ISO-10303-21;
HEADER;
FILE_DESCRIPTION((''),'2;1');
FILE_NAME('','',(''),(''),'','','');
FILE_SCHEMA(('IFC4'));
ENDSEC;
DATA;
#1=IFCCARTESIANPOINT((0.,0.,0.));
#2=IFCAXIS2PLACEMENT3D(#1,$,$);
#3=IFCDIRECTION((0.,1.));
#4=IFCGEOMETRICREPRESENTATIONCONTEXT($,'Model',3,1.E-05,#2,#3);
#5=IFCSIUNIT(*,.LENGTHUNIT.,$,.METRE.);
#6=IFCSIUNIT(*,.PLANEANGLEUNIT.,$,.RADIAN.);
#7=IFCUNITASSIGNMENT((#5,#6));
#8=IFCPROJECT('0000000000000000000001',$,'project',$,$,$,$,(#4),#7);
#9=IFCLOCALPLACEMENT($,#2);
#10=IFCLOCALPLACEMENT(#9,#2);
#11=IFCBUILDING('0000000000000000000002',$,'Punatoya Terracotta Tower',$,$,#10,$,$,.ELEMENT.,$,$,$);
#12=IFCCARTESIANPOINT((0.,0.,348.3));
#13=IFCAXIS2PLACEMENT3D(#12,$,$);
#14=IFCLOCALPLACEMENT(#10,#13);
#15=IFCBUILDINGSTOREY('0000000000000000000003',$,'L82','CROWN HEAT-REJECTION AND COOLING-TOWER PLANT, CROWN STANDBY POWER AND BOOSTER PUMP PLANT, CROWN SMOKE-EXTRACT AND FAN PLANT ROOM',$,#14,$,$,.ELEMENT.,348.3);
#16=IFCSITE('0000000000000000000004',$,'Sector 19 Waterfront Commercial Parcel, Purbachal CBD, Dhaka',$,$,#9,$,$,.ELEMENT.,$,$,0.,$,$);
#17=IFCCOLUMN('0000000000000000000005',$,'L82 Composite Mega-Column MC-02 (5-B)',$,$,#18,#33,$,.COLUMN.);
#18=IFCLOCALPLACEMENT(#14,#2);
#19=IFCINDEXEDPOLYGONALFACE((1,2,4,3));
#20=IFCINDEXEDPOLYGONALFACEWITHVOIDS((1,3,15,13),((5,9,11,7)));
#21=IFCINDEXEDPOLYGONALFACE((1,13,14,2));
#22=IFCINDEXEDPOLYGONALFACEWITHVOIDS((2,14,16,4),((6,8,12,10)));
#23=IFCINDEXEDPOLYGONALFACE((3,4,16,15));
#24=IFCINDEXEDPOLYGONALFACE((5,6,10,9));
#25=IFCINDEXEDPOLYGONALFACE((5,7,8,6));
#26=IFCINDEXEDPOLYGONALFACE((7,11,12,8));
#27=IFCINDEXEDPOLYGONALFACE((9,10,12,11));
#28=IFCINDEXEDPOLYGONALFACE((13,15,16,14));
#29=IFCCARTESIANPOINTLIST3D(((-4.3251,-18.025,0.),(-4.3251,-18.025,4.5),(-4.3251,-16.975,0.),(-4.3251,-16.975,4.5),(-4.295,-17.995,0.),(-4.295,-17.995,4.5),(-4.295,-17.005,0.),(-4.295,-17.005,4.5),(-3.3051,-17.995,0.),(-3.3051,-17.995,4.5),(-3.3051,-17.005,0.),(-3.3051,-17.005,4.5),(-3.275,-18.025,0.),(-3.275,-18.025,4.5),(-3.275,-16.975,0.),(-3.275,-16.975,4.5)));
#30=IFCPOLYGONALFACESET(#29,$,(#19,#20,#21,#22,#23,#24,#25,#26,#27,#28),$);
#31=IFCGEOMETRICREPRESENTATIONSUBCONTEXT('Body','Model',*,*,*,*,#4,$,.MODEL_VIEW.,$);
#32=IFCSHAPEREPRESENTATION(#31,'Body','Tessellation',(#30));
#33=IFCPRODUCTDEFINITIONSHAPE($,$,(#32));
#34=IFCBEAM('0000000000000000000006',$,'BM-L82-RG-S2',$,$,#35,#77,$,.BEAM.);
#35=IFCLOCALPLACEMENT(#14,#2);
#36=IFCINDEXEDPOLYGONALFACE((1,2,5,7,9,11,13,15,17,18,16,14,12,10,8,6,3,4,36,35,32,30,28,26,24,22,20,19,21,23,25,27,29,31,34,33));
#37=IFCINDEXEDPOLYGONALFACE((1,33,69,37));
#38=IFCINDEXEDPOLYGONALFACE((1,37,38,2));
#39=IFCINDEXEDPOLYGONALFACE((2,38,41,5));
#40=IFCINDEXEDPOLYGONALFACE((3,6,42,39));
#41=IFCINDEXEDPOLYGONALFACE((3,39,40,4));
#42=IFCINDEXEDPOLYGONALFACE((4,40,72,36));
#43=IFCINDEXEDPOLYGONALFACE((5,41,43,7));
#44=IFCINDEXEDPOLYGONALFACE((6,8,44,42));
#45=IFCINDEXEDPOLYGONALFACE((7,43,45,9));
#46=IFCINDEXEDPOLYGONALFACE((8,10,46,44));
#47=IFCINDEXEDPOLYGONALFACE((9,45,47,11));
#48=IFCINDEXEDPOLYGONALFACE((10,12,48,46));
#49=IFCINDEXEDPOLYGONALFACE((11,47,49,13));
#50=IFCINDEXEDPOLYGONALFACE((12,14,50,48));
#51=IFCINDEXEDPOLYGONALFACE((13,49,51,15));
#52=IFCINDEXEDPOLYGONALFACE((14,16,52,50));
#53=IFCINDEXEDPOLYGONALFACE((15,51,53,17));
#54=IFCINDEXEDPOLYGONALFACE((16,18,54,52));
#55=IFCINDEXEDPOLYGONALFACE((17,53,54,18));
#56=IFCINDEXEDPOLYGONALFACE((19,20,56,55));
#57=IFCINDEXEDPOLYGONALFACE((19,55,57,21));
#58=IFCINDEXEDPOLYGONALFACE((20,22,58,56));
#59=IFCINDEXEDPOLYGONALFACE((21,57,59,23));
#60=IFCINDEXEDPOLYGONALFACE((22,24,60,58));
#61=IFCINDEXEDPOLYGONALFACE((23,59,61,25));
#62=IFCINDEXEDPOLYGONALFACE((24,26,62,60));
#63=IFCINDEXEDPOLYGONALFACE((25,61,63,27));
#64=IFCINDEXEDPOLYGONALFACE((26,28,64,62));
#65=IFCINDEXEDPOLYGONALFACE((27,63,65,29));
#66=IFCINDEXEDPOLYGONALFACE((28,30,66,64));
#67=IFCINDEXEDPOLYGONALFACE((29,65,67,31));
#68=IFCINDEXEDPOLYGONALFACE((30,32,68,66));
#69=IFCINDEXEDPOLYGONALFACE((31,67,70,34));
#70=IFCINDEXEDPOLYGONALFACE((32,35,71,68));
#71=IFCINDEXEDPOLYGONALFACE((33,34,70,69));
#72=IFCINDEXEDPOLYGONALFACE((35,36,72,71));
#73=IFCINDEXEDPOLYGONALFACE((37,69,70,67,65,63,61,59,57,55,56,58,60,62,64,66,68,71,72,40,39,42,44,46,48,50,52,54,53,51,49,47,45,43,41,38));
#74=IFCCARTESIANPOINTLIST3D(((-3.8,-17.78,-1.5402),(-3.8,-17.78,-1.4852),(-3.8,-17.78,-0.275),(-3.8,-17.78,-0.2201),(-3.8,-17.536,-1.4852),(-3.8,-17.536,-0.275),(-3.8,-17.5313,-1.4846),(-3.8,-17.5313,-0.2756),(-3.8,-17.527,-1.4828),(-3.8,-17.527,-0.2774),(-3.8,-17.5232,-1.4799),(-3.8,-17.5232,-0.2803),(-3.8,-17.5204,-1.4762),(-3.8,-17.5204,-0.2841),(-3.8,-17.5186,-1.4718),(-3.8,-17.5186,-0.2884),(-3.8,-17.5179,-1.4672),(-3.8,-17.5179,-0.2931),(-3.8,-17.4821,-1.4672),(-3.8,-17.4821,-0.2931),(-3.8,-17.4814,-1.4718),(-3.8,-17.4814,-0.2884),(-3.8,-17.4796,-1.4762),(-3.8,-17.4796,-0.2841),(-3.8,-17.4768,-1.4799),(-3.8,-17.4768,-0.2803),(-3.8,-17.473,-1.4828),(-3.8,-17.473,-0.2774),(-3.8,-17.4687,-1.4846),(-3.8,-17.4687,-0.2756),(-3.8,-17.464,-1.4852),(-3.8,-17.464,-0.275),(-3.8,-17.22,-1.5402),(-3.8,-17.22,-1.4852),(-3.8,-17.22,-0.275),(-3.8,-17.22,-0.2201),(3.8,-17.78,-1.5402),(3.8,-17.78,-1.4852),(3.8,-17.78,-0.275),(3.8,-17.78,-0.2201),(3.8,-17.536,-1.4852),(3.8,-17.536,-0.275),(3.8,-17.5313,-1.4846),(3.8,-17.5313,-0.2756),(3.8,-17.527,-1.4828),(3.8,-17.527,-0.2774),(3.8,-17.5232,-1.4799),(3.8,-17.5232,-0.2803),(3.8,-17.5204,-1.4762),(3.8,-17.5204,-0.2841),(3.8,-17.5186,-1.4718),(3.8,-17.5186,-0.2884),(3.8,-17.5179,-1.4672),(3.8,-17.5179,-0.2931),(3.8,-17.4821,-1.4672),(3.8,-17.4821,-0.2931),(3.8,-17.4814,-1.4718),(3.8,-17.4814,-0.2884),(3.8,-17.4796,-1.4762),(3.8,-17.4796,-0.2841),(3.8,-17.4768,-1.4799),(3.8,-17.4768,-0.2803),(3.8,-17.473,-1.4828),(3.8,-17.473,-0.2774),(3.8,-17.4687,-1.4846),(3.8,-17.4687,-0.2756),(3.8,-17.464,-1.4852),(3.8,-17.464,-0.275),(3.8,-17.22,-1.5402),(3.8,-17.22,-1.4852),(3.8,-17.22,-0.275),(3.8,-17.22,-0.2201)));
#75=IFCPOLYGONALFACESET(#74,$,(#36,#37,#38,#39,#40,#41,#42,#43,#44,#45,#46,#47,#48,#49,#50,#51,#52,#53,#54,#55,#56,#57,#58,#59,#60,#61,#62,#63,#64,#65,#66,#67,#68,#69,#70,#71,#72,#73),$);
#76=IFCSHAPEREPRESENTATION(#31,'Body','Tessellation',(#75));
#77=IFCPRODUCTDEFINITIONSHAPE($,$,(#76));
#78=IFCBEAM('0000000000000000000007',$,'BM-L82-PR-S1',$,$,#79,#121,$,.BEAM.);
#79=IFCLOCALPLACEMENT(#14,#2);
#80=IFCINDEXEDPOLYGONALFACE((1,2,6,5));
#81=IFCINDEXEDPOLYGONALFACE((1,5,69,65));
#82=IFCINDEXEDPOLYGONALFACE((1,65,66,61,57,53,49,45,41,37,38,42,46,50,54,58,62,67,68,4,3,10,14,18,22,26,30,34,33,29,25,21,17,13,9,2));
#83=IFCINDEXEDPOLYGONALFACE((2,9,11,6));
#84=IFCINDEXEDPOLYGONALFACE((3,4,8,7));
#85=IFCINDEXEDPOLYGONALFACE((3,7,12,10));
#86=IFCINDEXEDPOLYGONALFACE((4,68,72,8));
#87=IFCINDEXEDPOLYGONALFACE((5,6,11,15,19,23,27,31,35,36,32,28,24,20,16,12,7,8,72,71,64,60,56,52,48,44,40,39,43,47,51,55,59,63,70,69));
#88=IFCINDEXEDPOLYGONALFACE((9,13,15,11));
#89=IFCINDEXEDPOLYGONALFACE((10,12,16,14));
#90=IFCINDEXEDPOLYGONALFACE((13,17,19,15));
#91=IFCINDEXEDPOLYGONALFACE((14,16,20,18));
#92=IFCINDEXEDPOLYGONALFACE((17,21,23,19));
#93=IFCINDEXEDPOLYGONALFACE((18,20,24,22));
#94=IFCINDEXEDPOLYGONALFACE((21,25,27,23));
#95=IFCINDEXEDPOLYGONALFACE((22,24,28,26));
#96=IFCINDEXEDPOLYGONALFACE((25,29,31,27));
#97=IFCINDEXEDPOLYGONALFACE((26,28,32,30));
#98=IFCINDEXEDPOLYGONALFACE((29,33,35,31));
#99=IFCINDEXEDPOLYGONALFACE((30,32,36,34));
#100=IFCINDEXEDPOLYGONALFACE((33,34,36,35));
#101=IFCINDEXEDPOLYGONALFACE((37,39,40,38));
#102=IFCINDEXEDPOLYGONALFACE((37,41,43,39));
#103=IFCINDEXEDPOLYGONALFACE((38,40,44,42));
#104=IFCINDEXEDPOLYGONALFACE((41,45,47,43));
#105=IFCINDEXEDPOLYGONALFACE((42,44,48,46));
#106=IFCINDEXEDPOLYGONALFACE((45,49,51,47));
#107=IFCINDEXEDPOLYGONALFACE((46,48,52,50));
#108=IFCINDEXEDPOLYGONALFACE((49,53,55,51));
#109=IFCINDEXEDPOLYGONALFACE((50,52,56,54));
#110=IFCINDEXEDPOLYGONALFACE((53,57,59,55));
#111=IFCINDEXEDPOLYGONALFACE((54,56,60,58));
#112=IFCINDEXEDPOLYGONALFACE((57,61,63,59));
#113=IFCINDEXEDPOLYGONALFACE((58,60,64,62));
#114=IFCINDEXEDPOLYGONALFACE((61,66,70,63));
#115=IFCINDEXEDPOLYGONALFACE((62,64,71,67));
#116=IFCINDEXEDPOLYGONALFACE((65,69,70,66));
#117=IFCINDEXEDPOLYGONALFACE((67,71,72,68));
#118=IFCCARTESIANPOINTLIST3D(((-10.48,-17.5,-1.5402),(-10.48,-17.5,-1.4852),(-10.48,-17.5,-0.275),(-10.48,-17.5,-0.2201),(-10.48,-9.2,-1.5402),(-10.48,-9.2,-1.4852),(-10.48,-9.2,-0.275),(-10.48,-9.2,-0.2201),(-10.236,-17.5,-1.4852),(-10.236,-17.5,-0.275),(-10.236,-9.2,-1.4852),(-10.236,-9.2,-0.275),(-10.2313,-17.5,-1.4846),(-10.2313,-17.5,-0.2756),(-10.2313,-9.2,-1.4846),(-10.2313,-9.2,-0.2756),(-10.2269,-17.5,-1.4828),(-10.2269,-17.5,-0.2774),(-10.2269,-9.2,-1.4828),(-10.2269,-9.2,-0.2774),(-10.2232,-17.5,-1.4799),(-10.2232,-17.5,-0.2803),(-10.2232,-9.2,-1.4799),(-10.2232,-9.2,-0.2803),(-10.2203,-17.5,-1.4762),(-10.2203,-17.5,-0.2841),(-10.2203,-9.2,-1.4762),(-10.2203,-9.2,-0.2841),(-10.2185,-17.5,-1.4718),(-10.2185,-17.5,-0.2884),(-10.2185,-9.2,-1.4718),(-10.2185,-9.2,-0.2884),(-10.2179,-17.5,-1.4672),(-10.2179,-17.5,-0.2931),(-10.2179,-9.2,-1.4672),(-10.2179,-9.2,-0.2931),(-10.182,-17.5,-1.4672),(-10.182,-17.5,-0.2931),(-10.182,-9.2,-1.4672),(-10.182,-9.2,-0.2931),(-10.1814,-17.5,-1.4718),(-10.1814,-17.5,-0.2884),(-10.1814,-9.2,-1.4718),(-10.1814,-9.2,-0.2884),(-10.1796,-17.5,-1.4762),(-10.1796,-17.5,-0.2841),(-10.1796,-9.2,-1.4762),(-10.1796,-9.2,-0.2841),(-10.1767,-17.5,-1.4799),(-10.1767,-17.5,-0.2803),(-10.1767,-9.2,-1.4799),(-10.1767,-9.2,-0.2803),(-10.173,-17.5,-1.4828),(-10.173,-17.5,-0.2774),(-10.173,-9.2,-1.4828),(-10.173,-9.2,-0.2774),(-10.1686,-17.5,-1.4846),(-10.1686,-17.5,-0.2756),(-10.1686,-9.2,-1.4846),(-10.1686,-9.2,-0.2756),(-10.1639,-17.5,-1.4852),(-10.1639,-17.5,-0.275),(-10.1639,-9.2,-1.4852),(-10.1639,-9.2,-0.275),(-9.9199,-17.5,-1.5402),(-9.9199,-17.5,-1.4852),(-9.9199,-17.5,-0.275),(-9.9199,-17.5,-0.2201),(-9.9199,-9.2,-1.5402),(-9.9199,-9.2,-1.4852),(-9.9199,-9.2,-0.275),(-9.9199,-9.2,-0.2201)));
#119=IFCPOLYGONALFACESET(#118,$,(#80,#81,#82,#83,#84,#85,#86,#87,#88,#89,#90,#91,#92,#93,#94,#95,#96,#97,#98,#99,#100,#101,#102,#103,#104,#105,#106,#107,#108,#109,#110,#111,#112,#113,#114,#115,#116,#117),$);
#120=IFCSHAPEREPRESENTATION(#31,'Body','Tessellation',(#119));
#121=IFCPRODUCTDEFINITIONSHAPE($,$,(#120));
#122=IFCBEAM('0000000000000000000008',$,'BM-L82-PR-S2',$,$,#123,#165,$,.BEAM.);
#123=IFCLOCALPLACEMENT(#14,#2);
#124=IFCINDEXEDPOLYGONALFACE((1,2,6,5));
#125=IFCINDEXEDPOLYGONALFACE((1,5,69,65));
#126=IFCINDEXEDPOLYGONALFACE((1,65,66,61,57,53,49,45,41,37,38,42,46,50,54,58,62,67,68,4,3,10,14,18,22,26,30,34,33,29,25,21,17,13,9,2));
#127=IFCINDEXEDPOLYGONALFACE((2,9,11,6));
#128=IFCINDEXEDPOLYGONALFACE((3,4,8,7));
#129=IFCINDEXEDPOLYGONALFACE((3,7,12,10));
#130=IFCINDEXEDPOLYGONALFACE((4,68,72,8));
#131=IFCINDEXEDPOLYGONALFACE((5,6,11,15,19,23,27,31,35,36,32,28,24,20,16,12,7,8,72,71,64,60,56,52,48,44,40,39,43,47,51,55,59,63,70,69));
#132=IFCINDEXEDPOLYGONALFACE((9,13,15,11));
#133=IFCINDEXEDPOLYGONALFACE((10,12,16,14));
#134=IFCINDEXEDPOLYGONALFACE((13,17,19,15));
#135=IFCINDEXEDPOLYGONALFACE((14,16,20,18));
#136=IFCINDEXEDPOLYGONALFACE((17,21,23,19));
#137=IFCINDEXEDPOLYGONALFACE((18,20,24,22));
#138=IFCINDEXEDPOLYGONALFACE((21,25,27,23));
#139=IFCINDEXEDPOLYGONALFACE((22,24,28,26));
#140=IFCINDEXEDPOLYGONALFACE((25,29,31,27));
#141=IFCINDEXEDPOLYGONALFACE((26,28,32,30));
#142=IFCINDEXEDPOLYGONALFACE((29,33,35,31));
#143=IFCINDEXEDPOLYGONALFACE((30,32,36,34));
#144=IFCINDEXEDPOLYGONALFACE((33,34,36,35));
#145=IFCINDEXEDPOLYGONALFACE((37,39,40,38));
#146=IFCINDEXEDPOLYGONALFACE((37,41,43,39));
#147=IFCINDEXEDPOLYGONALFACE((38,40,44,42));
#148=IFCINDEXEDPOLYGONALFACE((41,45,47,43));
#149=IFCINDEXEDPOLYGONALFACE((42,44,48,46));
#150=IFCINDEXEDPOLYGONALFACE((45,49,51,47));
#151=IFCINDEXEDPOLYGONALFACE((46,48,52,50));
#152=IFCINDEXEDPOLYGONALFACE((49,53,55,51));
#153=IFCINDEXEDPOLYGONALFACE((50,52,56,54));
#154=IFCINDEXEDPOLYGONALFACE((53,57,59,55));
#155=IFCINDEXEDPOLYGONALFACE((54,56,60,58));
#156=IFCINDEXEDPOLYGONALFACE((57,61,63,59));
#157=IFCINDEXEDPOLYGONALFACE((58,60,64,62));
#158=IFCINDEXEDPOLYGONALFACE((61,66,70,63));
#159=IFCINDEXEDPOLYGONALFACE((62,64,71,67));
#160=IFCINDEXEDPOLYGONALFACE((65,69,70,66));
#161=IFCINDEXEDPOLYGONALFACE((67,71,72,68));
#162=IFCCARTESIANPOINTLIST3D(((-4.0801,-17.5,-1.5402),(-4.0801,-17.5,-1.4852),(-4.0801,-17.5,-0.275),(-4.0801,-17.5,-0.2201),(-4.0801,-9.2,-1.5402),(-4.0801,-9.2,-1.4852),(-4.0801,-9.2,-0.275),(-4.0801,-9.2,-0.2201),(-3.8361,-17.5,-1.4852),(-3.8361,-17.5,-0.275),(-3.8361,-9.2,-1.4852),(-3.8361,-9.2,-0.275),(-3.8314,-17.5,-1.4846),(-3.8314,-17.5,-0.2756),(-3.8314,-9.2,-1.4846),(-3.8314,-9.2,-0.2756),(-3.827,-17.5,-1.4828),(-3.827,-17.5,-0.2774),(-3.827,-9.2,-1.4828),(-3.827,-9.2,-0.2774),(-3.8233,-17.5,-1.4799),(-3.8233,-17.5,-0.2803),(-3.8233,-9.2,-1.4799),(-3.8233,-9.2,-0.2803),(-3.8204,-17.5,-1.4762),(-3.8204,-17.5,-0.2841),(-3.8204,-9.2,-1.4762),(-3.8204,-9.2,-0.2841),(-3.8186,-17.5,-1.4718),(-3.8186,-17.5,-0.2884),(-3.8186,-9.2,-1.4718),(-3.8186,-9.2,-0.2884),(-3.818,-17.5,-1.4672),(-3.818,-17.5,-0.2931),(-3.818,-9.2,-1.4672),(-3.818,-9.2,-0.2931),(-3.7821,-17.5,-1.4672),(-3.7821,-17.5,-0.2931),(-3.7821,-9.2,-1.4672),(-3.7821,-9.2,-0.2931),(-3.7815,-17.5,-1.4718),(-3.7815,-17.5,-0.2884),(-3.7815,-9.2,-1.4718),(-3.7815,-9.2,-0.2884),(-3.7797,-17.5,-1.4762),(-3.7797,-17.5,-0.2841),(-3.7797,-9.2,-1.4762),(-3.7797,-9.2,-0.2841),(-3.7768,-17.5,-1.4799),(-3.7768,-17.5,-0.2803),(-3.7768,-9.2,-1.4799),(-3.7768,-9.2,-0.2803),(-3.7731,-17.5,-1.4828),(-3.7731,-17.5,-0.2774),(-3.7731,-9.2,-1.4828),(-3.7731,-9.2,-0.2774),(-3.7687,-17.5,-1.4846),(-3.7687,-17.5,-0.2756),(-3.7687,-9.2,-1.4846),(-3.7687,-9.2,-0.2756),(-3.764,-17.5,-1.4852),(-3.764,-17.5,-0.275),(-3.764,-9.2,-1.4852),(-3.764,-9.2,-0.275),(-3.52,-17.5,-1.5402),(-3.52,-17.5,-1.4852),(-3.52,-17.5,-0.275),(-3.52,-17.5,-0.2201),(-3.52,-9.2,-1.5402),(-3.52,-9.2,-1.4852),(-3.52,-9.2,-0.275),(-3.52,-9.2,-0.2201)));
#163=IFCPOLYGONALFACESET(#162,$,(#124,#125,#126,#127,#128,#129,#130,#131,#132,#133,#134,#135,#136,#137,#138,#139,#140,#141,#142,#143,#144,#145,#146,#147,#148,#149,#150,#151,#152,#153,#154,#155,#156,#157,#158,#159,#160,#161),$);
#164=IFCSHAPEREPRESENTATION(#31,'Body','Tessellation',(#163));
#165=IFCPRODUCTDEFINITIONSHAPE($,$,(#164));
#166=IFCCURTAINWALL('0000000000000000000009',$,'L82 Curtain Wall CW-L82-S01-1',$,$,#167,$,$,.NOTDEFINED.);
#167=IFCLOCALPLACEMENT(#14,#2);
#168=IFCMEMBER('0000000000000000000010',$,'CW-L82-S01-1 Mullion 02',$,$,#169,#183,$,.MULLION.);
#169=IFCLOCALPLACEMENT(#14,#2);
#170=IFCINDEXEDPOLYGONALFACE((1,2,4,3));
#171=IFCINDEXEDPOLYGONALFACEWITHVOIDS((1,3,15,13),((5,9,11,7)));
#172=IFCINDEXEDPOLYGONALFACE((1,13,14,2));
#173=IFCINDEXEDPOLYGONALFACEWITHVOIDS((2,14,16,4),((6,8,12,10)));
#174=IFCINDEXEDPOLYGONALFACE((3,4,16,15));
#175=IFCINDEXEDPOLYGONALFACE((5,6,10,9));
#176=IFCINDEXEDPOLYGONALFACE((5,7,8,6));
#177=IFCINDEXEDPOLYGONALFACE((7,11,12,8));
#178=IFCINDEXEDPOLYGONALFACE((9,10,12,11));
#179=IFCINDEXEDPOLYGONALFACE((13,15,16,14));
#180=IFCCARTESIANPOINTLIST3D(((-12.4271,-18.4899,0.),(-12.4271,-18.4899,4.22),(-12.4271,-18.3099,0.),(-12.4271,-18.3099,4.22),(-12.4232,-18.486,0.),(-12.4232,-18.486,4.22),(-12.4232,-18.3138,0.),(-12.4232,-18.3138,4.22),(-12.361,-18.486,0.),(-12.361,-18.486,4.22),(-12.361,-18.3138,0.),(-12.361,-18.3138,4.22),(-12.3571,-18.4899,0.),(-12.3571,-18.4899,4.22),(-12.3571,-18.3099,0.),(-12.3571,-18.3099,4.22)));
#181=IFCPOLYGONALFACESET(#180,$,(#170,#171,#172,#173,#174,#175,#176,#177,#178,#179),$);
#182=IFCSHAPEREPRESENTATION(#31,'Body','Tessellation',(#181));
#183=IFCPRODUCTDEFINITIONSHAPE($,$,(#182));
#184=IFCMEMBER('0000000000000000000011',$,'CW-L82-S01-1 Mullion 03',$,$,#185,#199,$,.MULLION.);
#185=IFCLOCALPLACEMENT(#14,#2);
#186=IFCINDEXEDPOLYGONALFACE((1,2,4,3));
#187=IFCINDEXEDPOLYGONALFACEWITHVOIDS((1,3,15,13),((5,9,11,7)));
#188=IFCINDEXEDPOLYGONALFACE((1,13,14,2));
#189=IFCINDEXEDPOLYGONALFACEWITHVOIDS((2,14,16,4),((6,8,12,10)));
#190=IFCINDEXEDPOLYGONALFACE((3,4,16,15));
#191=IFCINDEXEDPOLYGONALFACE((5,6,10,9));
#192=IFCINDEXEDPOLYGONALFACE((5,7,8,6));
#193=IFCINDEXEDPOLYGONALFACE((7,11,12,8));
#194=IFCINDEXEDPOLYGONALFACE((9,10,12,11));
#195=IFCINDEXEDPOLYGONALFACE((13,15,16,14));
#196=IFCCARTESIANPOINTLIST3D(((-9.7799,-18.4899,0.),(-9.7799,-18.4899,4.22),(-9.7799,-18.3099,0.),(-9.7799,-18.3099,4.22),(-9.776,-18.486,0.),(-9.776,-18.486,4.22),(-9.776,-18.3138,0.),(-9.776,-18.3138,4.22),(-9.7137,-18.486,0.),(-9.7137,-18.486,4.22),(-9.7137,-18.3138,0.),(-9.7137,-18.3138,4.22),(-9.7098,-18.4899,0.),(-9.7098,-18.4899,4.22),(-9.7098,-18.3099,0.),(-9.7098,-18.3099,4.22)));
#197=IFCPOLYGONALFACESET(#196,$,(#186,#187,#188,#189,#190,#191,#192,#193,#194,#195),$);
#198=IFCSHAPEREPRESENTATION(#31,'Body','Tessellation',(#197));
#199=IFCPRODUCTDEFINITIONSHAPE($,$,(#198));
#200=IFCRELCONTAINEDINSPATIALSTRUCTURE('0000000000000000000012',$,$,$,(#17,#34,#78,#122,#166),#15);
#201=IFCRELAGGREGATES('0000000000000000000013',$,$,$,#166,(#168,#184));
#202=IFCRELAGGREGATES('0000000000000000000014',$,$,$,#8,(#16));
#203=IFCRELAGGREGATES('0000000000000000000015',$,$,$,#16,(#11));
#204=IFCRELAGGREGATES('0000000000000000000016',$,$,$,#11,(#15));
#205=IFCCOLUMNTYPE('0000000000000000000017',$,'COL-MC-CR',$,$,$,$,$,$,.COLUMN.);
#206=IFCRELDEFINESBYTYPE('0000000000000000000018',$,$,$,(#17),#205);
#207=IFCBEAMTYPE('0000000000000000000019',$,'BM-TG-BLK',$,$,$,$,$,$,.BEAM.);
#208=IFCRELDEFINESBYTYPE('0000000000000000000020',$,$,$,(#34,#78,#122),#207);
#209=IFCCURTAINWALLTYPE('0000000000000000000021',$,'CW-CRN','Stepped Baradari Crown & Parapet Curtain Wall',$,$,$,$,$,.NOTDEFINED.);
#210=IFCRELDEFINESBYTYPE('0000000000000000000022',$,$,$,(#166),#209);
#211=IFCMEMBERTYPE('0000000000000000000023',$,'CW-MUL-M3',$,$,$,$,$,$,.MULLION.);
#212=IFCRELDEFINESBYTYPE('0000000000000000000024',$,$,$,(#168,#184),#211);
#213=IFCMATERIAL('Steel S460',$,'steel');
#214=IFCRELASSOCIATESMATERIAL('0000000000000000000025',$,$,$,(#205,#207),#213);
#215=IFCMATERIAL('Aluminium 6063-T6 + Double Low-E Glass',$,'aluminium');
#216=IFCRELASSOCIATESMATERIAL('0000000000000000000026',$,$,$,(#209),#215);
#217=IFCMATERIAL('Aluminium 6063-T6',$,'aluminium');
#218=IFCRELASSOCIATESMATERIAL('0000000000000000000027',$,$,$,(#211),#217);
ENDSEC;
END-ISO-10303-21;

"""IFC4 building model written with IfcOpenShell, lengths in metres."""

from ifc_helpers import new_model, si_unit, direction, frame, origin, origin_2d, place, context, subcontext, project, spatial, hollow_rectangle, i_section, extrude, material, material_profile, profile_set, type_object, element, aggregate, save


model = new_model("IFC4")

# Units and contexts
model_context = context("Model", 3, precision=1e-05, world=origin(), true_north=direction((0.0, 1.0)))
body_context = subcontext(model_context, "Body", "Model", "MODEL_VIEW")
ifc_project = project(units=[si_unit("LENGTHUNIT", "METRE"), si_unit("PLANEANGLEUNIT", "RADIAN")], contexts=[model_context])

# Site, building, storey
site_placement = place(None, origin())
site = spatial("IfcSite", under=ifc_project, at=site_placement, Name="Sector 19 Waterfront Commercial Parcel, Purbachal CBD, Dhaka", CompositionType="ELEMENT", RefElevation=0.0)
building_placement = place(site_placement, origin())
building = spatial("IfcBuilding", under=site, at=building_placement, Name="Punatoya Terracotta Tower", CompositionType="ELEMENT")
storey_placement = place(building_placement, frame((0.0, 0.0, 348.3)))
storey = spatial("IfcBuildingStorey", under=building, at=storey_placement, Name="L82", Description="CROWN HEAT-REJECTION AND COOLING-TOWER PLANT, CROWN STANDBY POWER AND BOOSTER PUMP PLANT, CROWN SMOKE-EXTRACT AND FAN PLANT ROOM", CompositionType="ELEMENT", Elevation=348.3)

# Column
ifc_material_1 = material(Name="Steel S460", Category="steel")
ifc_material_profile_1 = material_profile(ifc_material_1, hollow_rectangle(XDim=1.05, YDim=1.05, WallThickness=0.03, at=origin_2d()))
ifc_profile_set_1 = profile_set([ifc_material_profile_1], Name="Steel S460")
column_type = type_object("IfcColumnType", Name="COL-MC-CR", PredefinedType="COLUMN", material=ifc_profile_set_1)
column_placement = place(storey_placement, frame((-3.8, -17.5, 0.0), z_axis=(0.0, 0.0, 1.0), x_axis=(1.0, 0.0, 0.0)))
element("IfcColumn", 1, at=column_placement, inside=storey, type_object=column_type, Name="L82 Composite Mega-Column MC-02 (5-B)", PredefinedType="COLUMN", context=body_context, shape_type="SweptSolid", body=[
    extrude(hollow_rectangle(XDim=1.05, YDim=1.05, WallThickness=0.03, at=origin_2d()), origin(), (0.0, 0.0, 1.0), 4.5),
])

# Beams
ifc_material_profile_2 = material_profile(ifc_material_1, i_section(OverallWidth=0.5601, OverallDepth=1.3201, WebThickness=0.0359, FlangeThickness=0.0549, FilletRadius=0.0181, at=origin_2d()))
ifc_profile_set_2 = profile_set([ifc_material_profile_2], Name="Steel S460")
beam_type = type_object("IfcBeamType", Name="BM-TG-BLK", PredefinedType="BEAM", material=ifc_profile_set_2)
beam_placement = place(storey_placement, frame((-3.8, -17.5, -0.8801), z_axis=(1.0, 0.0, 0.0), x_axis=(0.0, 1.0, 0.0)))
element("IfcBeam", 2, at=beam_placement, inside=storey, type_object=beam_type, Name="BM-L82-RG-S2", PredefinedType="BEAM", context=body_context, shape_type="SweptSolid", body=[
    extrude(i_section(OverallWidth=0.5601, OverallDepth=1.3201, WebThickness=0.0359, FlangeThickness=0.0549, FilletRadius=0.0181, at=origin_2d()), origin(), (0.0, 0.0, 1.0), 7.6001),
])
for number, where, z_axis, x_axis, name in (
    (3, (-10.2, -17.5, -0.8801), (0.0, 1.0, 0.0), (-1.0, 0.0, 0.0), "BM-L82-PR-S1"),
    (4, (-3.8, -17.5, -0.8801), (0.0, 1.0, 0.0), (-1.0, 0.0, 0.0), "BM-L82-PR-S2"),
):
    element("IfcBeam", number, at=place(storey_placement, frame(where, z_axis=z_axis, x_axis=x_axis)), inside=storey, type_object=beam_type, Name=name, PredefinedType="BEAM", context=body_context, shape_type="SweptSolid", body=[
        extrude(i_section(OverallWidth=0.5601, OverallDepth=1.3201, WebThickness=0.0359, FlangeThickness=0.0549, FilletRadius=0.0181, at=origin_2d()), origin(), (0.0, 0.0, 1.0), 8.3),
    ])

# Curtain wall, members
ifc_material_2 = material(Name="Aluminium 6063-T6 + Double Low-E Glass", Category="aluminium")
curtain_wall_type = type_object("IfcCurtainWallType", Name="CW-CRN", Description="Stepped Baradari Crown & Parapet Curtain Wall", PredefinedType="NOTDEFINED", material=ifc_material_2)
curtain_wall_placement = place(storey_placement, origin())
curtain_wall = element("IfcCurtainWall", 5, at=curtain_wall_placement, inside=storey, type_object=curtain_wall_type, Name="L82 Curtain Wall CW-L82-S01-1", PredefinedType="NOTDEFINED")
ifc_material_3 = material(Name="Aluminium 6063-T6", Category="aluminium")
ifc_material_profile_3 = material_profile(ifc_material_3, hollow_rectangle(XDim=0.0701, YDim=0.1799, WallThickness=0.0039, at=origin_2d()))
ifc_profile_set_3 = profile_set([ifc_material_profile_3], Name="Aluminium 6063-T6")
member_type_1 = type_object("IfcMemberType", Name="CW-MUL-M3", PredefinedType="MULLION", material=ifc_profile_set_3)
member_1_placement = place(storey_placement, frame((-12.3921, -18.3999, 0.0), z_axis=(0.0, 0.0, 1.0), x_axis=(1.0, 0.0, 0.0)))
member_1 = element("IfcMember", 6, at=member_1_placement, type_object=member_type_1, Name="CW-L82-S01-1 Mullion 02", PredefinedType="MULLION", context=body_context, shape_type="SweptSolid", body=[
    extrude(hollow_rectangle(XDim=0.0701, YDim=0.1799, WallThickness=0.0039, at=origin_2d()), origin(), (0.0, 0.0, 1.0), 4.22),
])
member_2_placement = place(storey_placement, frame((-9.7449, -18.3999, 0.0), z_axis=(0.0, 0.0, 1.0), x_axis=(1.0, 0.0, 0.0)))
member_2 = element("IfcMember", 7, at=member_2_placement, type_object=member_type_1, Name="CW-L82-S01-1 Mullion 03", PredefinedType="MULLION", context=body_context, shape_type="SweptSolid", body=[
    extrude(hollow_rectangle(XDim=0.0701, YDim=0.1799, WallThickness=0.0039, at=origin_2d()), origin(), (0.0, 0.0, 1.0), 4.22),
])

aggregate(curtain_wall, [member_1, member_2])

save(model, "model.ifc")
